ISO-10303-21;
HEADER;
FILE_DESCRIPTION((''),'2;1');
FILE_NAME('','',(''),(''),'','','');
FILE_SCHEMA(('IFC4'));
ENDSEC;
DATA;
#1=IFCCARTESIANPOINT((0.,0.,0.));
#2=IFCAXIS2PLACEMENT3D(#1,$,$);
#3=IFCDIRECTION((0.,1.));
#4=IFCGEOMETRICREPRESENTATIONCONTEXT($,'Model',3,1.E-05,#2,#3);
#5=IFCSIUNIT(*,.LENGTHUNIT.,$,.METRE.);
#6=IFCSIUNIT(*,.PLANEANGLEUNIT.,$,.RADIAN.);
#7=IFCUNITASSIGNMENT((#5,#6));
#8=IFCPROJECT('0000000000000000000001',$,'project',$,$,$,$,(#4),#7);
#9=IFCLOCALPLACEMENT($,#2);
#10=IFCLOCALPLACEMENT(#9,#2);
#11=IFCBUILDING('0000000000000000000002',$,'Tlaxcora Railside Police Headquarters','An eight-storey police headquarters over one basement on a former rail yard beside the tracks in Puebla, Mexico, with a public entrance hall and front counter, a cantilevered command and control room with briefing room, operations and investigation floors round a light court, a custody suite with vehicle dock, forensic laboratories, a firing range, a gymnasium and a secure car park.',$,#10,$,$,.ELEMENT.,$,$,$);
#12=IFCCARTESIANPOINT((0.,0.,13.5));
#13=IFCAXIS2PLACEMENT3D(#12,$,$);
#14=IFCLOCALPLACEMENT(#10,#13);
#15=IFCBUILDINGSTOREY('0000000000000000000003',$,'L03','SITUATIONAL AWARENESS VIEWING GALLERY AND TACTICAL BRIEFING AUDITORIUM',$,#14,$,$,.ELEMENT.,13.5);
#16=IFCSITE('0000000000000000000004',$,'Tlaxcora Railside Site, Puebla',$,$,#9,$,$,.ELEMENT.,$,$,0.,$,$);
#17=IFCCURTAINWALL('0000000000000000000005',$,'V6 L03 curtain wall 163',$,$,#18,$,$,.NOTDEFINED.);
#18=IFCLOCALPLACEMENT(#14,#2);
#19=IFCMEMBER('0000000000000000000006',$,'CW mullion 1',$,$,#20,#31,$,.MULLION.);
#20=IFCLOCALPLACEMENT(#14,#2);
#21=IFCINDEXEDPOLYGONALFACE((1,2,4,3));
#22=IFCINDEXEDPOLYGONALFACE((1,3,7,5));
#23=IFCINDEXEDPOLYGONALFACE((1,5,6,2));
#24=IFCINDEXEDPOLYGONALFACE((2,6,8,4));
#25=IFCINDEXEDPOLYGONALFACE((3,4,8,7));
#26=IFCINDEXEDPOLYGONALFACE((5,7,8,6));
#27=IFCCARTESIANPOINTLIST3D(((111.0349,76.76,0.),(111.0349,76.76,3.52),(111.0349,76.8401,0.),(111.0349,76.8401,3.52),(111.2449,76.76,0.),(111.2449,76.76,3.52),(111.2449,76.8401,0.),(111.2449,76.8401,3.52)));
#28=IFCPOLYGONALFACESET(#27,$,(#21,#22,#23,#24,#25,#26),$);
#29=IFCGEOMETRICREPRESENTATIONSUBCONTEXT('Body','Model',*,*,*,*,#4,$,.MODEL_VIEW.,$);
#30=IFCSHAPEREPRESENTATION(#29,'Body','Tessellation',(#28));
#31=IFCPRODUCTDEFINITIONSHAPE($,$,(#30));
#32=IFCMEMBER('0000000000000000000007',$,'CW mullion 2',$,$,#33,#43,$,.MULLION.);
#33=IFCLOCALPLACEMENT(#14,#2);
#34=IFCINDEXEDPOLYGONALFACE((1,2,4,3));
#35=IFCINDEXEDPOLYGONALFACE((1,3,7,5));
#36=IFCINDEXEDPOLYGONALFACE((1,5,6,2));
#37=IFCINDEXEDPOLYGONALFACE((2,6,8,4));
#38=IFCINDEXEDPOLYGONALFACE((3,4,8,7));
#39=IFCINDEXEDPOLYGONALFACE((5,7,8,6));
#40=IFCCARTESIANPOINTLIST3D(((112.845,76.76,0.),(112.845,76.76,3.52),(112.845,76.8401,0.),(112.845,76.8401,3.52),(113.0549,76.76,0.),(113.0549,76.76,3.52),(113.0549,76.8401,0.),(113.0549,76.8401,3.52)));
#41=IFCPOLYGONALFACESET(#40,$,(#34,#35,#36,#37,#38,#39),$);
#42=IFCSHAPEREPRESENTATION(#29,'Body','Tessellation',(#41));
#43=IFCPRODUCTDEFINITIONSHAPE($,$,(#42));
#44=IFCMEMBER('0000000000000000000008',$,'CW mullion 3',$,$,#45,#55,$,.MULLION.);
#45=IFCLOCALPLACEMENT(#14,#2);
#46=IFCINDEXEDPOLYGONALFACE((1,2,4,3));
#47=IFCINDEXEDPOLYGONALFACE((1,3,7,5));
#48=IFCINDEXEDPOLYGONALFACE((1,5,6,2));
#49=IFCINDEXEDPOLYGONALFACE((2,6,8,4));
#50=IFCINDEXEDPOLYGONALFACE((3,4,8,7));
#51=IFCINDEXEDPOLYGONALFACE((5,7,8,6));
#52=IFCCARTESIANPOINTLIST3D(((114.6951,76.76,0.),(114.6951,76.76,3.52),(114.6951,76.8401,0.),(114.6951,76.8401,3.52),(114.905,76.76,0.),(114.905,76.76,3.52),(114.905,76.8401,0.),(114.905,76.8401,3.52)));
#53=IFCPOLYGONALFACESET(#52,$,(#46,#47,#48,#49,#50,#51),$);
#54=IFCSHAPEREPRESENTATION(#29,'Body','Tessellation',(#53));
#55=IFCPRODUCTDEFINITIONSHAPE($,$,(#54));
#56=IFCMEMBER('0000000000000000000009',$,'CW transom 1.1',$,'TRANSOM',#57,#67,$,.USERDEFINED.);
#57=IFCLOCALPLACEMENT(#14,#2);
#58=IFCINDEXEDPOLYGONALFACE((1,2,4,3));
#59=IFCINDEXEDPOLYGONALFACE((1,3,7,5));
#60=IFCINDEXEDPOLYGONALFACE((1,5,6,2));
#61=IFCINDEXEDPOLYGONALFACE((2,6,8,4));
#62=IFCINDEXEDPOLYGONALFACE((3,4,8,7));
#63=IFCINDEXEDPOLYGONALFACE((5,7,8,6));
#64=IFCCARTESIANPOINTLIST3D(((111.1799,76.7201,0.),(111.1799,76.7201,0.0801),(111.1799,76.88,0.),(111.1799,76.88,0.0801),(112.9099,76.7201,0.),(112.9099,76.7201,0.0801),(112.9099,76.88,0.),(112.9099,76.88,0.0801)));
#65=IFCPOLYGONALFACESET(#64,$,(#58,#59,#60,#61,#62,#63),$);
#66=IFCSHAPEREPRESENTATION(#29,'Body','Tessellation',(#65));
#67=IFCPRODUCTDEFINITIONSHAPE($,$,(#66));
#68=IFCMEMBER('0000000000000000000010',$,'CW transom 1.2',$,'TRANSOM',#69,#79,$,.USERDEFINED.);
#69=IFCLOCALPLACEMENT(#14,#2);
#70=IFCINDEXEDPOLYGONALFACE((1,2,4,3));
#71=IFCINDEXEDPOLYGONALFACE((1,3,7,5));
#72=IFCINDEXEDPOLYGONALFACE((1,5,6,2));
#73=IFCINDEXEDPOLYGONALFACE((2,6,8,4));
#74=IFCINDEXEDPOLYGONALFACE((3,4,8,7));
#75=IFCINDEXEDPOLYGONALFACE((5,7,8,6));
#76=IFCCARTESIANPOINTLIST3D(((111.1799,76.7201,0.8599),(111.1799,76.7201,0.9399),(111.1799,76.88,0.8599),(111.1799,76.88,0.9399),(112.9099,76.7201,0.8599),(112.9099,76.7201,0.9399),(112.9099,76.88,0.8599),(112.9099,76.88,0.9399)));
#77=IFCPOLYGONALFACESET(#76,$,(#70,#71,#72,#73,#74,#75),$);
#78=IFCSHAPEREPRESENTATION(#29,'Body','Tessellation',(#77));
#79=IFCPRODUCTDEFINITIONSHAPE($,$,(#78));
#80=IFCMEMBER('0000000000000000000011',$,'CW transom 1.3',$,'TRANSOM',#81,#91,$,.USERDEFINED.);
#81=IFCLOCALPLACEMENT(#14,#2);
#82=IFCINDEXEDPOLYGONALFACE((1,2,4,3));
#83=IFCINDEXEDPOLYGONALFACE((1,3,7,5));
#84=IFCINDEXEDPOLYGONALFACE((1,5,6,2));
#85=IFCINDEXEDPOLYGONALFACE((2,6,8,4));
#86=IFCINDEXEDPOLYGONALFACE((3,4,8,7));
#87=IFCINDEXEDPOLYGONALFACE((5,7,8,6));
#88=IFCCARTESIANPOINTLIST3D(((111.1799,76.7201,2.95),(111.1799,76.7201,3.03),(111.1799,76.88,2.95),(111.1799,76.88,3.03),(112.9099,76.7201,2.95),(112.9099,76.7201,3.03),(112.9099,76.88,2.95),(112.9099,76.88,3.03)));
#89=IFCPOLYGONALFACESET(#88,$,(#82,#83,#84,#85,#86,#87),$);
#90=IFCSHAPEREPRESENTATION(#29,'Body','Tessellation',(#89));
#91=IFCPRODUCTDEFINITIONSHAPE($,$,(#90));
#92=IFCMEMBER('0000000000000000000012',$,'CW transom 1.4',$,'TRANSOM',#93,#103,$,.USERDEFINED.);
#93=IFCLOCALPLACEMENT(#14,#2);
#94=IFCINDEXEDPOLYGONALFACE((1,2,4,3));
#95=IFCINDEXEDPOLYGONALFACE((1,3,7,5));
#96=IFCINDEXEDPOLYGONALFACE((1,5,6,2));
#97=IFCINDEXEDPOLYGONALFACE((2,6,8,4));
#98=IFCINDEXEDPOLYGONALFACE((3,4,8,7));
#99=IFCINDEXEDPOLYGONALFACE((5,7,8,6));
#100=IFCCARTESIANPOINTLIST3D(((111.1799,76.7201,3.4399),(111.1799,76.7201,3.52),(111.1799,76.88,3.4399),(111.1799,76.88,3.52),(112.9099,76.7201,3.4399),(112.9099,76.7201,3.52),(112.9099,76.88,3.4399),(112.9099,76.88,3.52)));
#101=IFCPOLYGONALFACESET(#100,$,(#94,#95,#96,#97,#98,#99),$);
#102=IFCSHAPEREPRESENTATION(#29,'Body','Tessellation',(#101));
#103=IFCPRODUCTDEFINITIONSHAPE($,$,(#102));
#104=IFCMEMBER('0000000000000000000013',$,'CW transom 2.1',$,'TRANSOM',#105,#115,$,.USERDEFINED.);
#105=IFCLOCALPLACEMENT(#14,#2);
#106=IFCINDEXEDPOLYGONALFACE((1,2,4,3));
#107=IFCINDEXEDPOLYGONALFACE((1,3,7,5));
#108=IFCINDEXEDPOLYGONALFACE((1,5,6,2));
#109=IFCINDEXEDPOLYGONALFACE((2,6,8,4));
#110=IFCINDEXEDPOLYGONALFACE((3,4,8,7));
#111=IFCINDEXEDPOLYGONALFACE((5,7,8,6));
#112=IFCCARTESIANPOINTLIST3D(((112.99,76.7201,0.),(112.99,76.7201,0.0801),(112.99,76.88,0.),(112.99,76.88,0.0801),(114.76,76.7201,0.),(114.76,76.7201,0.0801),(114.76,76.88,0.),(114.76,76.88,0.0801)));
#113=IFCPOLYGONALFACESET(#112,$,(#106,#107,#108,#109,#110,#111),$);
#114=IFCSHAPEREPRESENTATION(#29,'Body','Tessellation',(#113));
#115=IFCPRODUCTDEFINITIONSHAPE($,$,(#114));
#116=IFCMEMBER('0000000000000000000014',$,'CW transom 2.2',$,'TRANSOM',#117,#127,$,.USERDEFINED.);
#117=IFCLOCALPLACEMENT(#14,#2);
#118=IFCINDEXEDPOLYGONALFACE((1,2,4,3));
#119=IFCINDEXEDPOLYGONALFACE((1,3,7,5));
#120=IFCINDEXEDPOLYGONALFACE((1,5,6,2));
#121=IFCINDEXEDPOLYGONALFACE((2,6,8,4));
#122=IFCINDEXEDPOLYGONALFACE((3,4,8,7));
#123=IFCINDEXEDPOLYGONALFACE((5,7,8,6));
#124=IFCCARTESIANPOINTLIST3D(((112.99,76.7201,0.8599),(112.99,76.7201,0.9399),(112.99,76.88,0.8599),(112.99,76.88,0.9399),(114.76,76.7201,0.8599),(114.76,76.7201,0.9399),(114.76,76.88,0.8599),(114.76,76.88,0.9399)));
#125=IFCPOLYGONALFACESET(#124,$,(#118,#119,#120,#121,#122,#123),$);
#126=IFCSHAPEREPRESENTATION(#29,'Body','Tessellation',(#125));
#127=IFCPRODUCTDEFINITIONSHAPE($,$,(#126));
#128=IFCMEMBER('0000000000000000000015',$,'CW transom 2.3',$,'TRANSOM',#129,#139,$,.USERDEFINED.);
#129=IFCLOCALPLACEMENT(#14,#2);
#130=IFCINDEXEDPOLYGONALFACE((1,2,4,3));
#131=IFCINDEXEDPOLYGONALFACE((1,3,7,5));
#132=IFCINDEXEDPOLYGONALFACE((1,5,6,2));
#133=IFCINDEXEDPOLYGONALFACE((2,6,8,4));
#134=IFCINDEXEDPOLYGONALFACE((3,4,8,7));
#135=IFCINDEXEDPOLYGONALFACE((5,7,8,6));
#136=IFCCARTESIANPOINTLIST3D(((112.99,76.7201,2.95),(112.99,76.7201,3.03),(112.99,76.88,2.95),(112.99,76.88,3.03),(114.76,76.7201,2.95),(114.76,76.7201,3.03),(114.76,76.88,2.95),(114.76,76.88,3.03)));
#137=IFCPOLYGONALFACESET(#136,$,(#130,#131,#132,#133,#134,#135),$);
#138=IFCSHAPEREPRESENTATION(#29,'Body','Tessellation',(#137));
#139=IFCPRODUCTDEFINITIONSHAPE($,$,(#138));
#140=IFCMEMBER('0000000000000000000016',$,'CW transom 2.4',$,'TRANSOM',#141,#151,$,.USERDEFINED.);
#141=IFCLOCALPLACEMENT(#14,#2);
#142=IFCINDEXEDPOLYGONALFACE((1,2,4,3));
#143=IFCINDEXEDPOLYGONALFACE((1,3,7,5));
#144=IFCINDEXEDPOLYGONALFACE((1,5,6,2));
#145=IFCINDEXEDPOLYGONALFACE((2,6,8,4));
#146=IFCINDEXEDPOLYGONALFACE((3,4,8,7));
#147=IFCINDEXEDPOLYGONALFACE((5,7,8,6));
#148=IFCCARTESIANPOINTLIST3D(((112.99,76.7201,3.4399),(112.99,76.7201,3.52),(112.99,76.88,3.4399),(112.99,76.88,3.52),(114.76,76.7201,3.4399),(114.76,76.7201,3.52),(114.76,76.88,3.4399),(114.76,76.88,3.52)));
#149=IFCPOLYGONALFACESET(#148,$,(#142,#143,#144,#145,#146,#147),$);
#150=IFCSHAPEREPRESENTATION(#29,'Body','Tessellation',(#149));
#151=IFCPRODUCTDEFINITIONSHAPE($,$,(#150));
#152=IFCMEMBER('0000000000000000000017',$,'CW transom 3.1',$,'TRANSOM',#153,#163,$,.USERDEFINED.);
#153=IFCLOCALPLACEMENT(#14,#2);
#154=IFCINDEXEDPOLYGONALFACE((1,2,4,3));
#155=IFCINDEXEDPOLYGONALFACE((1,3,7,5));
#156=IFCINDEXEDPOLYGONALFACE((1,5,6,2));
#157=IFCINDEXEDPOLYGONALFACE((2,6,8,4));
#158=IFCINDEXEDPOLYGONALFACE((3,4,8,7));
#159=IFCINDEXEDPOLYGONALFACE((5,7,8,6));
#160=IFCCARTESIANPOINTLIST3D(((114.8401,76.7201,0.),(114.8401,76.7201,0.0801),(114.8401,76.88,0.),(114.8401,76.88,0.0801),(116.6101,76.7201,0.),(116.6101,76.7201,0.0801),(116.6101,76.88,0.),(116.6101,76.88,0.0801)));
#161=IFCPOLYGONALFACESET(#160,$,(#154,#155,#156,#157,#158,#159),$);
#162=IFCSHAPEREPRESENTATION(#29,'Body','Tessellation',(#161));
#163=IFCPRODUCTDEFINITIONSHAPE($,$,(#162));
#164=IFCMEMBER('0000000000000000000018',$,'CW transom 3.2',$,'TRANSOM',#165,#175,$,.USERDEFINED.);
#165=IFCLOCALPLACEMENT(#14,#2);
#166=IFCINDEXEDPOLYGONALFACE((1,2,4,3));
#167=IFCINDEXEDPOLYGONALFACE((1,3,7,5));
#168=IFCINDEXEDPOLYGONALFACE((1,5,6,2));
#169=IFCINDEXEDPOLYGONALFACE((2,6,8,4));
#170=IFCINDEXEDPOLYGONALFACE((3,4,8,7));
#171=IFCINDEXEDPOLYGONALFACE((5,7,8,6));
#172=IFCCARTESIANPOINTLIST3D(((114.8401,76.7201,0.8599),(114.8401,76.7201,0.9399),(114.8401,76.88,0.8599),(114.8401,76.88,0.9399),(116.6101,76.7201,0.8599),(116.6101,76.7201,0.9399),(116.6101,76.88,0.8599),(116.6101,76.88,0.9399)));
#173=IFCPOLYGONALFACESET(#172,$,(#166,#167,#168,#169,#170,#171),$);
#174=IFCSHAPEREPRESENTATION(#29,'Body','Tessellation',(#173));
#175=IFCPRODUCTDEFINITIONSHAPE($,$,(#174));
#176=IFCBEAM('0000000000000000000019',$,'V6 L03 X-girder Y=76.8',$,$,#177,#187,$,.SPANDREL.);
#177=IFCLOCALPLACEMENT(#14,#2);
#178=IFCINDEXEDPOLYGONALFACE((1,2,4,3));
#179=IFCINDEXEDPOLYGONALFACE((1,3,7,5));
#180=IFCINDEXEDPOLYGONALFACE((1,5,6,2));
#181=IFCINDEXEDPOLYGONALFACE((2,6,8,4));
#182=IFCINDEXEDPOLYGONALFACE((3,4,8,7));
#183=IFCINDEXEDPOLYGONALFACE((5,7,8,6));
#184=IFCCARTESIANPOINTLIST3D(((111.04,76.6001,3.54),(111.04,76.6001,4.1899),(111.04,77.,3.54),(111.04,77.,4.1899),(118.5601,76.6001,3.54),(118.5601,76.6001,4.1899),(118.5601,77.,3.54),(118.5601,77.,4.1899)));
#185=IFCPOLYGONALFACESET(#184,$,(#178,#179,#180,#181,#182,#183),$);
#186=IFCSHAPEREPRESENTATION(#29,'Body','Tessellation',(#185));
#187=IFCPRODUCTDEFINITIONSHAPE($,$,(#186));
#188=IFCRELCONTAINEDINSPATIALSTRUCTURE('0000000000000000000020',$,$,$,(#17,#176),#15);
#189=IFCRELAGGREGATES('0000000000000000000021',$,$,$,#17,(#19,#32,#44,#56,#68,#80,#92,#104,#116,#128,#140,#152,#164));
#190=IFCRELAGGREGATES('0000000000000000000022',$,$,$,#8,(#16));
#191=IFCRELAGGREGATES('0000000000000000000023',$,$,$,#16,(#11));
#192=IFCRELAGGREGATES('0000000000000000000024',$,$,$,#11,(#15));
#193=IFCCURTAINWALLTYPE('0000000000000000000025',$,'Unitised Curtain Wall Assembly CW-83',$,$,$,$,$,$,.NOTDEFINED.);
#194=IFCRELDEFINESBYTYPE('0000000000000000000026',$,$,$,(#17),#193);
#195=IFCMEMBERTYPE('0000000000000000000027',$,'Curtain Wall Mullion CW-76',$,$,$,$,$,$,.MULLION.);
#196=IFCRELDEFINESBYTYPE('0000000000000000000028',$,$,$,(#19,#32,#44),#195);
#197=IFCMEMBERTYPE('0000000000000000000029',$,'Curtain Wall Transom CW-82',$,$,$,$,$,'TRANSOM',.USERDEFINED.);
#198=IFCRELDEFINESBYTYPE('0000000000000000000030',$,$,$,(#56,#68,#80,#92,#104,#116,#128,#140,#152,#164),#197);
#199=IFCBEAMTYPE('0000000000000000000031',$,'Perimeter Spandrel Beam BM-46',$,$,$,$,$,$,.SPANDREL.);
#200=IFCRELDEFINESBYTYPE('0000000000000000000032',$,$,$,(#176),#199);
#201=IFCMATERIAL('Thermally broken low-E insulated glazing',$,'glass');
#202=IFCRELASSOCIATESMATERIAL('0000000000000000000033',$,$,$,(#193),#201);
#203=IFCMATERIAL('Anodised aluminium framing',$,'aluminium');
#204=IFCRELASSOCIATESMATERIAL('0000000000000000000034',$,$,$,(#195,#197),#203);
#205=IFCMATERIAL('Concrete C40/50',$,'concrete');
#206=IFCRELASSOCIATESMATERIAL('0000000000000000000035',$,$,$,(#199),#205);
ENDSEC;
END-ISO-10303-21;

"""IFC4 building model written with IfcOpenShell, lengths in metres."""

from ifc_helpers import new_model, si_unit, direction, frame, origin, origin_2d, place, context, subcontext, project, spatial, rectangle, extrude, material, material_profile, profile_set, type_object, element, aggregate, save


model = new_model("IFC4")

# Units and contexts
model_context = context("Model", 3, precision=1e-05, world=origin(), true_north=direction((0.0, 1.0)))
body_context = subcontext(model_context, "Body", "Model", "MODEL_VIEW")
ifc_project = project(units=[si_unit("LENGTHUNIT", "METRE"), si_unit("PLANEANGLEUNIT", "RADIAN")], contexts=[model_context])

# Site, building, storey
site_placement = place(None, origin())
site = spatial("IfcSite", under=ifc_project, at=site_placement, Name="Tlaxcora Railside Site, Puebla", CompositionType="ELEMENT", RefElevation=0.0)
building_placement = place(site_placement, origin())
building = spatial("IfcBuilding", under=site, at=building_placement, Name="Tlaxcora Railside Police Headquarters", Description="An eight-storey police headquarters over one basement on a former rail yard beside the tracks in Puebla, Mexico, with a public entrance hall and front counter, a cantilevered command and control room with briefing room, operations and investigation floors round a light court, a custody suite with vehicle dock, forensic laboratories, a firing range, a gymnasium and a secure car park.", CompositionType="ELEMENT")
storey_placement = place(building_placement, frame((0.0, 0.0, 13.5)))
storey = spatial("IfcBuildingStorey", under=building, at=storey_placement, Name="L03", Description="SITUATIONAL AWARENESS VIEWING GALLERY AND TACTICAL BRIEFING AUDITORIUM", CompositionType="ELEMENT", Elevation=13.5)

# Curtain wall, members
ifc_material_1 = material(Name="Thermally broken low-E insulated glazing", Category="glass")
curtain_wall_type = type_object("IfcCurtainWallType", Name="Unitised Curtain Wall Assembly CW-83", PredefinedType="NOTDEFINED", material=ifc_material_1)
curtain_wall_placement = place(storey_placement, origin())
curtain_wall = element("IfcCurtainWall", 1, at=curtain_wall_placement, inside=storey, type_object=curtain_wall_type, Name="V6 L03 curtain wall 163", PredefinedType="NOTDEFINED")
ifc_material_2 = material(Name="Anodised aluminium framing", Category="aluminium")
ifc_material_profile_1 = material_profile(ifc_material_2, rectangle(XDim=0.0801, YDim=0.21, at=origin_2d()), Name="AL80X210")
ifc_profile_set_1 = profile_set([ifc_material_profile_1], Name="Anodised aluminium framing")
member_type_1 = type_object("IfcMemberType", Name="Curtain Wall Mullion CW-76", PredefinedType="MULLION", material=ifc_profile_set_1)
member_1_placement = place(storey_placement, frame((111.1399, 76.8, 0.0), z_axis=(0.0, 0.0, 1.0), x_axis=(0.0, 1.0, 0.0)))
member_1 = element("IfcMember", 2, at=member_1_placement, type_object=member_type_1, Name="CW mullion 1", PredefinedType="MULLION", context=body_context, shape_type="SweptSolid", body=[
    extrude(rectangle(XDim=0.0801, YDim=0.21, at=origin_2d()), origin(), (0.0, 0.0, 1.0), 3.52),
])
member_2_placement = place(storey_placement, frame((112.95, 76.8, 0.0), z_axis=(0.0, 0.0, 1.0), x_axis=(0.0, 1.0, 0.0)))
member_2 = element("IfcMember", 3, at=member_2_placement, type_object=member_type_1, Name="CW mullion 2", PredefinedType="MULLION", context=body_context, shape_type="SweptSolid", body=[
    extrude(rectangle(XDim=0.0801, YDim=0.21, at=origin_2d()), origin(), (0.0, 0.0, 1.0), 3.52),
])
member_3_placement = place(storey_placement, frame((114.8, 76.8, 0.0), z_axis=(0.0, 0.0, 1.0), x_axis=(0.0, 1.0, 0.0)))
member_3 = element("IfcMember", 4, at=member_3_placement, type_object=member_type_1, Name="CW mullion 3", PredefinedType="MULLION", context=body_context, shape_type="SweptSolid", body=[
    extrude(rectangle(XDim=0.0801, YDim=0.21, at=origin_2d()), origin(), (0.0, 0.0, 1.0), 3.52),
])
ifc_material_profile_2 = material_profile(ifc_material_2, rectangle(XDim=0.1599, YDim=0.0801, at=origin_2d()), Name="AL80X160")
ifc_profile_set_2 = profile_set([ifc_material_profile_2], Name="Anodised aluminium framing")
member_type_2 = type_object("IfcMemberType", Name="Curtain Wall Transom CW-82", ElementType="TRANSOM", PredefinedType="USERDEFINED", material=ifc_profile_set_2)
member_4_placement = place(storey_placement, frame((111.1799, 76.8, 0.04), z_axis=(1.0, 0.0, 0.0), x_axis=(0.0, 1.0, 0.0)))
member_4 = element("IfcMember", 5, at=member_4_placement, type_object=member_type_2, Name="CW transom 1.1", ObjectType="TRANSOM", PredefinedType="USERDEFINED", context=body_context, shape_type="SweptSolid", body=[
    extrude(rectangle(XDim=0.1599, YDim=0.0801, at=origin_2d()), origin(), (0.0, 0.0, 1.0), 1.73),
])
member_5_placement = place(storey_placement, frame((111.1799, 76.8, 0.8999), z_axis=(1.0, 0.0, 0.0), x_axis=(0.0, 1.0, 0.0)))
member_5 = element("IfcMember", 6, at=member_5_placement, type_object=member_type_2, Name="CW transom 1.2", ObjectType="TRANSOM", PredefinedType="USERDEFINED", context=body_context, shape_type="SweptSolid", body=[
    extrude(rectangle(XDim=0.1599, YDim=0.0801, at=origin_2d()), origin(), (0.0, 0.0, 1.0), 1.73),
])
member_6_placement = place(storey_placement, frame((111.1799, 76.8, 2.99), z_axis=(1.0, 0.0, 0.0), x_axis=(0.0, 1.0, 0.0)))
member_6 = element("IfcMember", 7, at=member_6_placement, type_object=member_type_2, Name="CW transom 1.3", ObjectType="TRANSOM", PredefinedType="USERDEFINED", context=body_context, shape_type="SweptSolid", body=[
    extrude(rectangle(XDim=0.1599, YDim=0.0801, at=origin_2d()), origin(), (0.0, 0.0, 1.0), 1.73),
])
member_7_placement = place(storey_placement, frame((111.1799, 76.8, 3.48), z_axis=(1.0, 0.0, 0.0), x_axis=(0.0, 1.0, 0.0)))
member_7 = element("IfcMember", 8, at=member_7_placement, type_object=member_type_2, Name="CW transom 1.4", ObjectType="TRANSOM", PredefinedType="USERDEFINED", context=body_context, shape_type="SweptSolid", body=[
    extrude(rectangle(XDim=0.1599, YDim=0.0801, at=origin_2d()), origin(), (0.0, 0.0, 1.0), 1.73),
])
member_8_placement = place(storey_placement, frame((112.99, 76.8, 0.04), z_axis=(1.0, 0.0, 0.0), x_axis=(0.0, 1.0, 0.0)))
member_8 = element("IfcMember", 9, at=member_8_placement, type_object=member_type_2, Name="CW transom 2.1", ObjectType="TRANSOM", PredefinedType="USERDEFINED", context=body_context, shape_type="SweptSolid", body=[
    extrude(rectangle(XDim=0.1599, YDim=0.0801, at=origin_2d()), origin(), (0.0, 0.0, 1.0), 1.77),
])
member_9_placement = place(storey_placement, frame((112.99, 76.8, 0.8999), z_axis=(1.0, 0.0, 0.0), x_axis=(0.0, 1.0, 0.0)))
member_9 = element("IfcMember", 10, at=member_9_placement, type_object=member_type_2, Name="CW transom 2.2", ObjectType="TRANSOM", PredefinedType="USERDEFINED", context=body_context, shape_type="SweptSolid", body=[
    extrude(rectangle(XDim=0.1599, YDim=0.0801, at=origin_2d()), origin(), (0.0, 0.0, 1.0), 1.77),
])
member_10_placement = place(storey_placement, frame((112.99, 76.8, 2.99), z_axis=(1.0, 0.0, 0.0), x_axis=(0.0, 1.0, 0.0)))
member_10 = element("IfcMember", 11, at=member_10_placement, type_object=member_type_2, Name="CW transom 2.3", ObjectType="TRANSOM", PredefinedType="USERDEFINED", context=body_context, shape_type="SweptSolid", body=[
    extrude(rectangle(XDim=0.1599, YDim=0.0801, at=origin_2d()), origin(), (0.0, 0.0, 1.0), 1.77),
])
member_11_placement = place(storey_placement, frame((112.99, 76.8, 3.48), z_axis=(1.0, 0.0, 0.0), x_axis=(0.0, 1.0, 0.0)))
member_11 = element("IfcMember", 12, at=member_11_placement, type_object=member_type_2, Name="CW transom 2.4", ObjectType="TRANSOM", PredefinedType="USERDEFINED", context=body_context, shape_type="SweptSolid", body=[
    extrude(rectangle(XDim=0.1599, YDim=0.0801, at=origin_2d()), origin(), (0.0, 0.0, 1.0), 1.77),
])
member_12_placement = place(storey_placement, frame((114.8401, 76.8, 0.04), z_axis=(1.0, 0.0, 0.0), x_axis=(0.0, 1.0, 0.0)))
member_12 = element("IfcMember", 13, at=member_12_placement, type_object=member_type_2, Name="CW transom 3.1", ObjectType="TRANSOM", PredefinedType="USERDEFINED", context=body_context, shape_type="SweptSolid", body=[
    extrude(rectangle(XDim=0.1599, YDim=0.0801, at=origin_2d()), origin(), (0.0, 0.0, 1.0), 1.77),
])
member_13_placement = place(storey_placement, frame((114.8401, 76.8, 0.8999), z_axis=(1.0, 0.0, 0.0), x_axis=(0.0, 1.0, 0.0)))
member_13 = element("IfcMember", 14, at=member_13_placement, type_object=member_type_2, Name="CW transom 3.2", ObjectType="TRANSOM", PredefinedType="USERDEFINED", context=body_context, shape_type="SweptSolid", body=[
    extrude(rectangle(XDim=0.1599, YDim=0.0801, at=origin_2d()), origin(), (0.0, 0.0, 1.0), 1.77),
])

# Beam
ifc_material_3 = material(Name="Concrete C40/50", Category="concrete")
ifc_material_profile_3 = material_profile(ifc_material_3, rectangle(XDim=0.3999, YDim=0.6499, at=origin_2d()), Name="RC400X650")
ifc_profile_set_3 = profile_set([ifc_material_profile_3], Name="Concrete C40/50")
beam_type = type_object("IfcBeamType", Name="Perimeter Spandrel Beam BM-46", PredefinedType="SPANDREL", material=ifc_profile_set_3)
beam_placement = place(storey_placement, frame((111.04, 76.8, 3.865), z_axis=(1.0, 0.0, 0.0), x_axis=(0.0, 1.0, 0.0)))
element("IfcBeam", 15, at=beam_placement, inside=storey, type_object=beam_type, Name="V6 L03 X-girder Y=76.8", PredefinedType="SPANDREL", context=body_context, shape_type="SweptSolid", body=[
    extrude(rectangle(XDim=0.3999, YDim=0.6499, at=origin_2d()), origin(), (0.0, 0.0, 1.0), 7.52),
])

aggregate(curtain_wall, [member_1, member_2, member_3, member_4, member_5, member_6, member_7, member_8, member_9, member_10, member_11, member_12, member_13])

save(model, "model.ifc")
